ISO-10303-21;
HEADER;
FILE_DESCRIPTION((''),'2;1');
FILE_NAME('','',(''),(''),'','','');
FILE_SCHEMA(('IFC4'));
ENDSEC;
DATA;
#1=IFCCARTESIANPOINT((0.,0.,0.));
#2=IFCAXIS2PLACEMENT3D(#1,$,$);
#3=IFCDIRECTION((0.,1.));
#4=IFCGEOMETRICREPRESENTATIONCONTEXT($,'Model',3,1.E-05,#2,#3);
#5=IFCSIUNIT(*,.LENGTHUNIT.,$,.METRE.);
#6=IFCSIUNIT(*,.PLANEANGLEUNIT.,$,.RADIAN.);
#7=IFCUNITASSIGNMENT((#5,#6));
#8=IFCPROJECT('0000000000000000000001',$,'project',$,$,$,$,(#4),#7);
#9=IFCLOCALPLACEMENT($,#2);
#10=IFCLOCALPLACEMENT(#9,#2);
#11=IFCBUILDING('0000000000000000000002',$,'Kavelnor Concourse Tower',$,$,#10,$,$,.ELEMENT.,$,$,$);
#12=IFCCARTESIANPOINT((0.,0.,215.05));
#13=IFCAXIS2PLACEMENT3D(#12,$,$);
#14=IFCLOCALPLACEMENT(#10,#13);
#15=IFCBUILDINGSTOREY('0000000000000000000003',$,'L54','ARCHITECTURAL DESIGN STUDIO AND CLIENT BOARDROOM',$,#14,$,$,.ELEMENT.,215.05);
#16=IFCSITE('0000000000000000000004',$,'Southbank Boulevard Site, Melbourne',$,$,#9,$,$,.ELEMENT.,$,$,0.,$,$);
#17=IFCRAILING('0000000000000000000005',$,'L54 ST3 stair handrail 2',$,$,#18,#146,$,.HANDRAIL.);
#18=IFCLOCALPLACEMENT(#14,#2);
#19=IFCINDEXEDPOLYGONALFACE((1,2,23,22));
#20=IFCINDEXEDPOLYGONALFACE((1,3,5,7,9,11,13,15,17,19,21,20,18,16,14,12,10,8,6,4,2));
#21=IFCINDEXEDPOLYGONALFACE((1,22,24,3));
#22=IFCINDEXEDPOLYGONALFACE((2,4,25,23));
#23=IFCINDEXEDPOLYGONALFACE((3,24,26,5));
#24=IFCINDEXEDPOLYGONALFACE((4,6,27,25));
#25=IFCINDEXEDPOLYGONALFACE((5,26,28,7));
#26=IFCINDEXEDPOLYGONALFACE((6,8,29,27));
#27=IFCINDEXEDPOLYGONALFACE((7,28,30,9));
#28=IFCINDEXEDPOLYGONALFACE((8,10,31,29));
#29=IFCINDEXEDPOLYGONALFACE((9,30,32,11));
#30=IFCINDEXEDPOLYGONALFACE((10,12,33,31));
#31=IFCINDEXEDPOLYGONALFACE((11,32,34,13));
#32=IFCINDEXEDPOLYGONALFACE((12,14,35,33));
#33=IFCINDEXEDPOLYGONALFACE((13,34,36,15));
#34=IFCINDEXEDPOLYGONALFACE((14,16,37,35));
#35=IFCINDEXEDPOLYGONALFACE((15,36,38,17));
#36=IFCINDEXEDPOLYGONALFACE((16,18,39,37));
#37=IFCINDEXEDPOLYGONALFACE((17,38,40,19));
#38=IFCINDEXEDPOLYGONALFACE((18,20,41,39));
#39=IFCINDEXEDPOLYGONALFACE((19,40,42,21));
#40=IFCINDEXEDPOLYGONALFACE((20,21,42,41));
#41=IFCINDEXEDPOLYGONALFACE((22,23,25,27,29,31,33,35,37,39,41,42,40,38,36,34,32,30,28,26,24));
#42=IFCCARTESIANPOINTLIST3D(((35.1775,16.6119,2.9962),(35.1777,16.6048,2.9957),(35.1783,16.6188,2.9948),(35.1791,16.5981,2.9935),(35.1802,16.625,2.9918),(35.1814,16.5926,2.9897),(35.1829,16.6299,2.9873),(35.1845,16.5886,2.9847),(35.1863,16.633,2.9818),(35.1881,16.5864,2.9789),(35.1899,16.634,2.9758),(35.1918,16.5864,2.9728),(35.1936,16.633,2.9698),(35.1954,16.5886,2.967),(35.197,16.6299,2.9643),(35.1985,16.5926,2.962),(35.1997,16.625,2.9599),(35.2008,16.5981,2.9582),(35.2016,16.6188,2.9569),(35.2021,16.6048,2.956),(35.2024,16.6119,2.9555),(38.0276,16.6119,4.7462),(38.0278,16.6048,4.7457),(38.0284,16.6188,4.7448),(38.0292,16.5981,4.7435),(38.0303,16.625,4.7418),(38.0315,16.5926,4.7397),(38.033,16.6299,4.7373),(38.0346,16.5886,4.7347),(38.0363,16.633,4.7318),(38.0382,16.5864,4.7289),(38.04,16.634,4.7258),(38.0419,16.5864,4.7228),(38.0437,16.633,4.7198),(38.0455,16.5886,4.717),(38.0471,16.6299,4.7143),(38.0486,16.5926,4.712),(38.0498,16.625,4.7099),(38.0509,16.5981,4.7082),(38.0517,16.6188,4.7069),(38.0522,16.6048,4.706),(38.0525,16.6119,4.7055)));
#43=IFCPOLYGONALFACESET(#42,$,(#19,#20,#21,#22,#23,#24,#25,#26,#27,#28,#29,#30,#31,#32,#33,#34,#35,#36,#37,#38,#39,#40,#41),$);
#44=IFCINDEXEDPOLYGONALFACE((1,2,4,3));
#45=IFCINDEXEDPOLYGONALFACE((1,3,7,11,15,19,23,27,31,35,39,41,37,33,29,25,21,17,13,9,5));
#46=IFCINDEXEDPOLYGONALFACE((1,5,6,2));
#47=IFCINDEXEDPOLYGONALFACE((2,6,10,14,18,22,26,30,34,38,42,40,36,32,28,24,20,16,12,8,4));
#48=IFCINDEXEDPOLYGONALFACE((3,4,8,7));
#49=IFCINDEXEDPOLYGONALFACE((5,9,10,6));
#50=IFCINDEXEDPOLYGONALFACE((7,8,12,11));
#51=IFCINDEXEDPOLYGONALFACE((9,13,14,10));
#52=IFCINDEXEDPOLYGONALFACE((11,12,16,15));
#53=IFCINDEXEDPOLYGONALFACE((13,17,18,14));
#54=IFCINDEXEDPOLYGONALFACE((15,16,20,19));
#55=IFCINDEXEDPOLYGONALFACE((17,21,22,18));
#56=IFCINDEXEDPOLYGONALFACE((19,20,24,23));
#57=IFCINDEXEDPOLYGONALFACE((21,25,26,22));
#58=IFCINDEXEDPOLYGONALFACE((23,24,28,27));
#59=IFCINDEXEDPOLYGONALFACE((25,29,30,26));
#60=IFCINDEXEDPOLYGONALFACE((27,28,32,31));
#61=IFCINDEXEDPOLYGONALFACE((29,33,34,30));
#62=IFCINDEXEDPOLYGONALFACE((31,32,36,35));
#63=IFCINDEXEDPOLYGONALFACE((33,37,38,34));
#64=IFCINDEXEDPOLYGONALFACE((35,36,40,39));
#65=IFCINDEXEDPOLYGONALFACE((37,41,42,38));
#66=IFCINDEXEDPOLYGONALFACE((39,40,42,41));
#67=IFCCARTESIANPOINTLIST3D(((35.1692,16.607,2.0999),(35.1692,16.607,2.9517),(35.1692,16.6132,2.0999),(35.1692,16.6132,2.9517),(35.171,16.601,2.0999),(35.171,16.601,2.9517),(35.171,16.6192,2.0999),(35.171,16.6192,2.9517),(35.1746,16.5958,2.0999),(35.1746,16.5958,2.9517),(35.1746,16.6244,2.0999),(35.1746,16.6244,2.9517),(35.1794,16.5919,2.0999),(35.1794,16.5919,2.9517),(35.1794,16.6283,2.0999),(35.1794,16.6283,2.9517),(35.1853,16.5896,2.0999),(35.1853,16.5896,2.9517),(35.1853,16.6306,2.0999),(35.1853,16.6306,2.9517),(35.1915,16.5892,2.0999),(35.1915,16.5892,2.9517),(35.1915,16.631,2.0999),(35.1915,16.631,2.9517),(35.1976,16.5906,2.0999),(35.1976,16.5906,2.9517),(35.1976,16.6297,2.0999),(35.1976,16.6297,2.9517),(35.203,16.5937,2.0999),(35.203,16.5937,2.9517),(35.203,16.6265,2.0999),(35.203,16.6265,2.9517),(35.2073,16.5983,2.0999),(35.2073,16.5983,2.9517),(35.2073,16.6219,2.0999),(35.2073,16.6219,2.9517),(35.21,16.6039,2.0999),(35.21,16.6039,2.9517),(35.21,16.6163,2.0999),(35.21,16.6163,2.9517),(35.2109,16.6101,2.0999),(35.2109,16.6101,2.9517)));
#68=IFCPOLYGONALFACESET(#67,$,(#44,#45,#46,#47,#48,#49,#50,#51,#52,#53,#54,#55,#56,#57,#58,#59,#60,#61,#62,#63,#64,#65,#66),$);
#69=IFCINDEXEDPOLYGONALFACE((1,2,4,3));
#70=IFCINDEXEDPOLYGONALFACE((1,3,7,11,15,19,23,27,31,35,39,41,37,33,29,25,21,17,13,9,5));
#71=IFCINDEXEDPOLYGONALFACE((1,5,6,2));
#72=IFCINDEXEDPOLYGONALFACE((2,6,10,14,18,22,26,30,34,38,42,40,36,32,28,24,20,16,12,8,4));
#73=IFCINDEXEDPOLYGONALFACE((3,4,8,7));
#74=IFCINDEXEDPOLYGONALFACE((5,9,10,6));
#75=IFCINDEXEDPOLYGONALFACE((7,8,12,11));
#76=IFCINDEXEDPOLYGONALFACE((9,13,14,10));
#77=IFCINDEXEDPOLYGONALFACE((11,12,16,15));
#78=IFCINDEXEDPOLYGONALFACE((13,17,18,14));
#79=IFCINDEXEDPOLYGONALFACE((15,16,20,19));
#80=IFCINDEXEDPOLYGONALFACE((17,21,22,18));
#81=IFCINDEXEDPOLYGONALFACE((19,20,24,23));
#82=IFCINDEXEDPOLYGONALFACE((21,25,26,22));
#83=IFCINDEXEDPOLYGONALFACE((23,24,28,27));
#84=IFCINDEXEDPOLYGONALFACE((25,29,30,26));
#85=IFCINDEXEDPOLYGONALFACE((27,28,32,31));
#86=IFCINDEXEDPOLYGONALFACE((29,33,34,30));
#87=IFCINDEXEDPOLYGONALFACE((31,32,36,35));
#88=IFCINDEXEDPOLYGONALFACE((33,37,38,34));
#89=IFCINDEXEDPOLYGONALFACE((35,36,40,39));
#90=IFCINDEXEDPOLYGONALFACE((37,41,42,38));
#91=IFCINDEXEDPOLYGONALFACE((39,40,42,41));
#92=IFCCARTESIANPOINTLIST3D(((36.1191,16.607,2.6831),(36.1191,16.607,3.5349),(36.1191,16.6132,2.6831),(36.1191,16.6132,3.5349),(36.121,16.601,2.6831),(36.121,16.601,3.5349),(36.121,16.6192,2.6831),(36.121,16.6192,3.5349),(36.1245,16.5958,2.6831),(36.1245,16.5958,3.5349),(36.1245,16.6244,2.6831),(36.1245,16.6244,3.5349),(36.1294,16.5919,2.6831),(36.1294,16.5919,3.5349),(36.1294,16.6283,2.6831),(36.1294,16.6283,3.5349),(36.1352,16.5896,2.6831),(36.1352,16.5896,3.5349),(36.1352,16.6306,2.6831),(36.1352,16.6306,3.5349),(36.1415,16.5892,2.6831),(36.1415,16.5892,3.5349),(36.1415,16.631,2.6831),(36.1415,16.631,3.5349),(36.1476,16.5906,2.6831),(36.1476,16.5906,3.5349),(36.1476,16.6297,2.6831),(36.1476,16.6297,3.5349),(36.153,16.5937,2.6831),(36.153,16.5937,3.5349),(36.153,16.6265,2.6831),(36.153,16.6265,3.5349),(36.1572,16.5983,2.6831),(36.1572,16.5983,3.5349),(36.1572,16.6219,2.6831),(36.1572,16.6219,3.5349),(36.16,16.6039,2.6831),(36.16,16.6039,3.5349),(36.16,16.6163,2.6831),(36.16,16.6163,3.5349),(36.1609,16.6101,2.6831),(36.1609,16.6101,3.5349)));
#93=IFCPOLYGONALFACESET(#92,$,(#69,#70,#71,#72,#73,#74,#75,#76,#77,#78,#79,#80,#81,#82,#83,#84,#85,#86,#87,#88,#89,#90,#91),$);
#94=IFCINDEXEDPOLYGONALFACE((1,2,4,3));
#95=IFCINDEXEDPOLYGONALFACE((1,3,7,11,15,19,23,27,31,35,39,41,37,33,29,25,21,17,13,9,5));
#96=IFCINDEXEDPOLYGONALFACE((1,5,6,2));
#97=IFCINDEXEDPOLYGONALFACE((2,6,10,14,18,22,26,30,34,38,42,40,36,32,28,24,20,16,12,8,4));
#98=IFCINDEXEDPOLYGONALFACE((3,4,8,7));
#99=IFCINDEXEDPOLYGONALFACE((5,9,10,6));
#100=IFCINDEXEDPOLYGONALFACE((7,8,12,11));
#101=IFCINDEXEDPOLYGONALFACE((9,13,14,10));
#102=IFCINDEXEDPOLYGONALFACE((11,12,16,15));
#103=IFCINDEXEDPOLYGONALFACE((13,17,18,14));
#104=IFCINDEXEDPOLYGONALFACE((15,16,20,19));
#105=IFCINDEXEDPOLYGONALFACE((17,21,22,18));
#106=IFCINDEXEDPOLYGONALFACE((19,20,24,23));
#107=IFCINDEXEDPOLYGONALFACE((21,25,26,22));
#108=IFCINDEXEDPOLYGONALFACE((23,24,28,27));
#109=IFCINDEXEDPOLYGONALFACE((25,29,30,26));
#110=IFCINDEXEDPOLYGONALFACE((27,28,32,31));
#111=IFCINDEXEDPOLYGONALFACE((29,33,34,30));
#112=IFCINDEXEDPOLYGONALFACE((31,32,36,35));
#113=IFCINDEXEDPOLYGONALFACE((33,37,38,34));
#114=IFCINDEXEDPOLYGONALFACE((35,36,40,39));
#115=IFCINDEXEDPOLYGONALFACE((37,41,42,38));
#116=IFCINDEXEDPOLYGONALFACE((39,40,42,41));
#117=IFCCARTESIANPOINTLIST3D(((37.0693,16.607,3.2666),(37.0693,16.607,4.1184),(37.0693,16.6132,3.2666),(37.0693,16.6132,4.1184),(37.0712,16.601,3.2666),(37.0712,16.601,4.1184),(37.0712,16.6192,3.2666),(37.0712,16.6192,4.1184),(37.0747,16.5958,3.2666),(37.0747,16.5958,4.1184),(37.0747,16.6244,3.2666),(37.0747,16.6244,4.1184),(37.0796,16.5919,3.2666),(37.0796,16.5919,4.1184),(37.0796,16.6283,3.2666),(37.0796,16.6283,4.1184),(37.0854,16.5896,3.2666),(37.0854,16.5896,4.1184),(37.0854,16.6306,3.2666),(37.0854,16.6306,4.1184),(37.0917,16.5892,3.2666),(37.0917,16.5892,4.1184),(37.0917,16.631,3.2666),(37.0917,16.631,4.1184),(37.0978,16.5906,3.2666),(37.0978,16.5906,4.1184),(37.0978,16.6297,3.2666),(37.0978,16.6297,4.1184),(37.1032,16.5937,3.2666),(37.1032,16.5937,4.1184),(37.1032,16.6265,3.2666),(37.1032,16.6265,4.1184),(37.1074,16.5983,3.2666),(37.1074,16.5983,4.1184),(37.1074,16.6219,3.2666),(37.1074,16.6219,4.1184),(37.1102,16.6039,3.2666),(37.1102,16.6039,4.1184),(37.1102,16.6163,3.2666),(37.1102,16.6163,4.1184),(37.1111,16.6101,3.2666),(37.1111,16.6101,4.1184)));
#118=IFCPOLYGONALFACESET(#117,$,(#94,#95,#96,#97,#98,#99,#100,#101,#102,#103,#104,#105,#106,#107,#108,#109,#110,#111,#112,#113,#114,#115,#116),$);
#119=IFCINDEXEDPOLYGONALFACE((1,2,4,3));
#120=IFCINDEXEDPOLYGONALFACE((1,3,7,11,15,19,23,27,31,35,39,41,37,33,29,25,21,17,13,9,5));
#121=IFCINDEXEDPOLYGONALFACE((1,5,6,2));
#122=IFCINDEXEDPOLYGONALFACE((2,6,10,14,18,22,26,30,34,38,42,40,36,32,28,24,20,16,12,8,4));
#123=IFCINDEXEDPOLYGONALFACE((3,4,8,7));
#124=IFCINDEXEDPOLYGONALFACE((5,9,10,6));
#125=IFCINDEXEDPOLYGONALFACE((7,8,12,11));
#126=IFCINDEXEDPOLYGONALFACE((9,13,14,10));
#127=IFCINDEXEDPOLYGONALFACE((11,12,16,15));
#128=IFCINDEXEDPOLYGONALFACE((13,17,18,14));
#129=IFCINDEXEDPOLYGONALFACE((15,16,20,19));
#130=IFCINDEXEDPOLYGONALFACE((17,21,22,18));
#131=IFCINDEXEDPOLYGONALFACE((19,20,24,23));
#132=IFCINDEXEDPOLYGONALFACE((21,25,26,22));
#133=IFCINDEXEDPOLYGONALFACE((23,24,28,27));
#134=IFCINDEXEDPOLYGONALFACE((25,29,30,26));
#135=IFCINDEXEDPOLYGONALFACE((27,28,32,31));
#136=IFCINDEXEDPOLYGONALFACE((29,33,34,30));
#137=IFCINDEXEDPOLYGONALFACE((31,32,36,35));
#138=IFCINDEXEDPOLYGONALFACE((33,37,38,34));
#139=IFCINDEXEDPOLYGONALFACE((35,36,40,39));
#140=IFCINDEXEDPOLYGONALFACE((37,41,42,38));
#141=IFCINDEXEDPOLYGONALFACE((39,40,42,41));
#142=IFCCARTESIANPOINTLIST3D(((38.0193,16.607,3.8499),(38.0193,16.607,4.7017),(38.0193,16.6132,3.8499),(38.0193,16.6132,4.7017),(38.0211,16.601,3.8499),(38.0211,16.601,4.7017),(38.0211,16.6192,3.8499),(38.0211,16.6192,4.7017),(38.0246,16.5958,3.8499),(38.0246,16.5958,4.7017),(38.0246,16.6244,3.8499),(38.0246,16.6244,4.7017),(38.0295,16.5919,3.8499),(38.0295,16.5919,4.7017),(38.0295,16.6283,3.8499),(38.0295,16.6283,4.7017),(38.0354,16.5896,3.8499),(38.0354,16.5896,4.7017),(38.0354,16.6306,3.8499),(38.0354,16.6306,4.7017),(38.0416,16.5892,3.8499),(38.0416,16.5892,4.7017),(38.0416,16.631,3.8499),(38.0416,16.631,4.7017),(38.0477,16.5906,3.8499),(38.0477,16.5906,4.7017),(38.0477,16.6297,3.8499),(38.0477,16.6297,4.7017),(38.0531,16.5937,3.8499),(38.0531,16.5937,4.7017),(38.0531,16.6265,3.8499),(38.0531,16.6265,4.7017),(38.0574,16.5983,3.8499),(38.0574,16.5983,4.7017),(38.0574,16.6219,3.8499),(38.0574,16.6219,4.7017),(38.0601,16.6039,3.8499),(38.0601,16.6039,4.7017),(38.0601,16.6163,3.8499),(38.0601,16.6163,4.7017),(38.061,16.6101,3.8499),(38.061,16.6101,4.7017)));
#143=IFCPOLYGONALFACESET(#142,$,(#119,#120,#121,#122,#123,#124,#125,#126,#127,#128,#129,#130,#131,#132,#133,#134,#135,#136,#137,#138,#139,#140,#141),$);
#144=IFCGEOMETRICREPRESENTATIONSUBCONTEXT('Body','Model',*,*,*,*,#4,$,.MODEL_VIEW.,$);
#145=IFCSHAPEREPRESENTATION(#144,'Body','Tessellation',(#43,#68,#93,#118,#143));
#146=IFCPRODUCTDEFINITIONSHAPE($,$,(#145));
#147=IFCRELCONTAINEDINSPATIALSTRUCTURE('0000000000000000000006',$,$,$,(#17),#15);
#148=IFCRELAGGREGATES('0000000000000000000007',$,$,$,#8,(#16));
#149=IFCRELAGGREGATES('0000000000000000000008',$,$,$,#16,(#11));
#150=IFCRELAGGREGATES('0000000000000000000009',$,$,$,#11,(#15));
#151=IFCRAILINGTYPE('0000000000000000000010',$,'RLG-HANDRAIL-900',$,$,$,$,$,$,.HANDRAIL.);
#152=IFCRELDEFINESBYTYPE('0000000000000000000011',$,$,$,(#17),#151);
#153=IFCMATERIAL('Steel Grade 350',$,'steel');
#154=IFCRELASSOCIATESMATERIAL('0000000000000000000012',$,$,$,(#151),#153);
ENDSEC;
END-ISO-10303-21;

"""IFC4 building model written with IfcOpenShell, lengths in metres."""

from ifc_helpers import new_model, si_unit, direction, frame, origin, origin_2d, place, context, subcontext, project, spatial, circle, extrude, material, type_object, element, save


model = new_model("IFC4")

# Units and contexts
model_context = context("Model", 3, precision=1e-05, world=origin(), true_north=direction((0.0, 1.0)))
body_context = subcontext(model_context, "Body", "Model", "MODEL_VIEW")
ifc_project = project(units=[si_unit("LENGTHUNIT", "METRE"), si_unit("PLANEANGLEUNIT", "RADIAN")], contexts=[model_context])

# Site, building, storey
site_placement = place(None, origin())
site = spatial("IfcSite", under=ifc_project, at=site_placement, Name="Southbank Boulevard Site, Melbourne", CompositionType="ELEMENT", RefElevation=0.0)
building_placement = place(site_placement, origin())
building = spatial("IfcBuilding", under=site, at=building_placement, Name="Kavelnor Concourse Tower", CompositionType="ELEMENT")
storey_placement = place(building_placement, frame((0.0, 0.0, 215.05)))
storey = spatial("IfcBuildingStorey", under=building, at=storey_placement, Name="L54", Description="ARCHITECTURAL DESIGN STUDIO AND CLIENT BOARDROOM", CompositionType="ELEMENT", Elevation=215.05)

# Shared definitions
ifc_material_1 = material(Name="Steel Grade 350", Category="steel")

# Railing
railing_type_1 = type_object("IfcRailingType", Name="RLG-HANDRAIL-900", PredefinedType="HANDRAIL", material=ifc_material_1)
railing_1_placement = place(storey_placement, frame((35.1899, 16.6101, 2.0999)))
element("IfcRailing", 1, at=railing_1_placement, inside=storey, type_object=railing_type_1, Name="L54 ST3 stair handrail 2", PredefinedType="HANDRAIL", context=body_context, shape_type="SweptSolid", body=[
    extrude(circle(Radius=0.0239, at=origin_2d()), frame((0.0, 0.0, 0.876), z_axis=(0.852179, 0.0, 0.52325), x_axis=(0.0, 1.0, 0.0)), (0.0, 0.0, 1.0), 3.3445),
    extrude(circle(Radius=0.021, at=origin_2d()), origin(), (0.0, 0.0, 1.0), 0.8518),
    extrude(circle(Radius=0.021, at=origin_2d()), frame((0.95, 0.0, 0.5833)), (0.0, 0.0, 1.0), 0.8518),
    extrude(circle(Radius=0.021, at=origin_2d()), frame((1.9001, 0.0, 1.1667)), (0.0, 0.0, 1.0), 0.8518),
    extrude(circle(Radius=0.021, at=origin_2d()), frame((2.8501, 0.0, 1.75)), (0.0, 0.0, 1.0), 0.8518),
])

save(model, "model.ifc")
